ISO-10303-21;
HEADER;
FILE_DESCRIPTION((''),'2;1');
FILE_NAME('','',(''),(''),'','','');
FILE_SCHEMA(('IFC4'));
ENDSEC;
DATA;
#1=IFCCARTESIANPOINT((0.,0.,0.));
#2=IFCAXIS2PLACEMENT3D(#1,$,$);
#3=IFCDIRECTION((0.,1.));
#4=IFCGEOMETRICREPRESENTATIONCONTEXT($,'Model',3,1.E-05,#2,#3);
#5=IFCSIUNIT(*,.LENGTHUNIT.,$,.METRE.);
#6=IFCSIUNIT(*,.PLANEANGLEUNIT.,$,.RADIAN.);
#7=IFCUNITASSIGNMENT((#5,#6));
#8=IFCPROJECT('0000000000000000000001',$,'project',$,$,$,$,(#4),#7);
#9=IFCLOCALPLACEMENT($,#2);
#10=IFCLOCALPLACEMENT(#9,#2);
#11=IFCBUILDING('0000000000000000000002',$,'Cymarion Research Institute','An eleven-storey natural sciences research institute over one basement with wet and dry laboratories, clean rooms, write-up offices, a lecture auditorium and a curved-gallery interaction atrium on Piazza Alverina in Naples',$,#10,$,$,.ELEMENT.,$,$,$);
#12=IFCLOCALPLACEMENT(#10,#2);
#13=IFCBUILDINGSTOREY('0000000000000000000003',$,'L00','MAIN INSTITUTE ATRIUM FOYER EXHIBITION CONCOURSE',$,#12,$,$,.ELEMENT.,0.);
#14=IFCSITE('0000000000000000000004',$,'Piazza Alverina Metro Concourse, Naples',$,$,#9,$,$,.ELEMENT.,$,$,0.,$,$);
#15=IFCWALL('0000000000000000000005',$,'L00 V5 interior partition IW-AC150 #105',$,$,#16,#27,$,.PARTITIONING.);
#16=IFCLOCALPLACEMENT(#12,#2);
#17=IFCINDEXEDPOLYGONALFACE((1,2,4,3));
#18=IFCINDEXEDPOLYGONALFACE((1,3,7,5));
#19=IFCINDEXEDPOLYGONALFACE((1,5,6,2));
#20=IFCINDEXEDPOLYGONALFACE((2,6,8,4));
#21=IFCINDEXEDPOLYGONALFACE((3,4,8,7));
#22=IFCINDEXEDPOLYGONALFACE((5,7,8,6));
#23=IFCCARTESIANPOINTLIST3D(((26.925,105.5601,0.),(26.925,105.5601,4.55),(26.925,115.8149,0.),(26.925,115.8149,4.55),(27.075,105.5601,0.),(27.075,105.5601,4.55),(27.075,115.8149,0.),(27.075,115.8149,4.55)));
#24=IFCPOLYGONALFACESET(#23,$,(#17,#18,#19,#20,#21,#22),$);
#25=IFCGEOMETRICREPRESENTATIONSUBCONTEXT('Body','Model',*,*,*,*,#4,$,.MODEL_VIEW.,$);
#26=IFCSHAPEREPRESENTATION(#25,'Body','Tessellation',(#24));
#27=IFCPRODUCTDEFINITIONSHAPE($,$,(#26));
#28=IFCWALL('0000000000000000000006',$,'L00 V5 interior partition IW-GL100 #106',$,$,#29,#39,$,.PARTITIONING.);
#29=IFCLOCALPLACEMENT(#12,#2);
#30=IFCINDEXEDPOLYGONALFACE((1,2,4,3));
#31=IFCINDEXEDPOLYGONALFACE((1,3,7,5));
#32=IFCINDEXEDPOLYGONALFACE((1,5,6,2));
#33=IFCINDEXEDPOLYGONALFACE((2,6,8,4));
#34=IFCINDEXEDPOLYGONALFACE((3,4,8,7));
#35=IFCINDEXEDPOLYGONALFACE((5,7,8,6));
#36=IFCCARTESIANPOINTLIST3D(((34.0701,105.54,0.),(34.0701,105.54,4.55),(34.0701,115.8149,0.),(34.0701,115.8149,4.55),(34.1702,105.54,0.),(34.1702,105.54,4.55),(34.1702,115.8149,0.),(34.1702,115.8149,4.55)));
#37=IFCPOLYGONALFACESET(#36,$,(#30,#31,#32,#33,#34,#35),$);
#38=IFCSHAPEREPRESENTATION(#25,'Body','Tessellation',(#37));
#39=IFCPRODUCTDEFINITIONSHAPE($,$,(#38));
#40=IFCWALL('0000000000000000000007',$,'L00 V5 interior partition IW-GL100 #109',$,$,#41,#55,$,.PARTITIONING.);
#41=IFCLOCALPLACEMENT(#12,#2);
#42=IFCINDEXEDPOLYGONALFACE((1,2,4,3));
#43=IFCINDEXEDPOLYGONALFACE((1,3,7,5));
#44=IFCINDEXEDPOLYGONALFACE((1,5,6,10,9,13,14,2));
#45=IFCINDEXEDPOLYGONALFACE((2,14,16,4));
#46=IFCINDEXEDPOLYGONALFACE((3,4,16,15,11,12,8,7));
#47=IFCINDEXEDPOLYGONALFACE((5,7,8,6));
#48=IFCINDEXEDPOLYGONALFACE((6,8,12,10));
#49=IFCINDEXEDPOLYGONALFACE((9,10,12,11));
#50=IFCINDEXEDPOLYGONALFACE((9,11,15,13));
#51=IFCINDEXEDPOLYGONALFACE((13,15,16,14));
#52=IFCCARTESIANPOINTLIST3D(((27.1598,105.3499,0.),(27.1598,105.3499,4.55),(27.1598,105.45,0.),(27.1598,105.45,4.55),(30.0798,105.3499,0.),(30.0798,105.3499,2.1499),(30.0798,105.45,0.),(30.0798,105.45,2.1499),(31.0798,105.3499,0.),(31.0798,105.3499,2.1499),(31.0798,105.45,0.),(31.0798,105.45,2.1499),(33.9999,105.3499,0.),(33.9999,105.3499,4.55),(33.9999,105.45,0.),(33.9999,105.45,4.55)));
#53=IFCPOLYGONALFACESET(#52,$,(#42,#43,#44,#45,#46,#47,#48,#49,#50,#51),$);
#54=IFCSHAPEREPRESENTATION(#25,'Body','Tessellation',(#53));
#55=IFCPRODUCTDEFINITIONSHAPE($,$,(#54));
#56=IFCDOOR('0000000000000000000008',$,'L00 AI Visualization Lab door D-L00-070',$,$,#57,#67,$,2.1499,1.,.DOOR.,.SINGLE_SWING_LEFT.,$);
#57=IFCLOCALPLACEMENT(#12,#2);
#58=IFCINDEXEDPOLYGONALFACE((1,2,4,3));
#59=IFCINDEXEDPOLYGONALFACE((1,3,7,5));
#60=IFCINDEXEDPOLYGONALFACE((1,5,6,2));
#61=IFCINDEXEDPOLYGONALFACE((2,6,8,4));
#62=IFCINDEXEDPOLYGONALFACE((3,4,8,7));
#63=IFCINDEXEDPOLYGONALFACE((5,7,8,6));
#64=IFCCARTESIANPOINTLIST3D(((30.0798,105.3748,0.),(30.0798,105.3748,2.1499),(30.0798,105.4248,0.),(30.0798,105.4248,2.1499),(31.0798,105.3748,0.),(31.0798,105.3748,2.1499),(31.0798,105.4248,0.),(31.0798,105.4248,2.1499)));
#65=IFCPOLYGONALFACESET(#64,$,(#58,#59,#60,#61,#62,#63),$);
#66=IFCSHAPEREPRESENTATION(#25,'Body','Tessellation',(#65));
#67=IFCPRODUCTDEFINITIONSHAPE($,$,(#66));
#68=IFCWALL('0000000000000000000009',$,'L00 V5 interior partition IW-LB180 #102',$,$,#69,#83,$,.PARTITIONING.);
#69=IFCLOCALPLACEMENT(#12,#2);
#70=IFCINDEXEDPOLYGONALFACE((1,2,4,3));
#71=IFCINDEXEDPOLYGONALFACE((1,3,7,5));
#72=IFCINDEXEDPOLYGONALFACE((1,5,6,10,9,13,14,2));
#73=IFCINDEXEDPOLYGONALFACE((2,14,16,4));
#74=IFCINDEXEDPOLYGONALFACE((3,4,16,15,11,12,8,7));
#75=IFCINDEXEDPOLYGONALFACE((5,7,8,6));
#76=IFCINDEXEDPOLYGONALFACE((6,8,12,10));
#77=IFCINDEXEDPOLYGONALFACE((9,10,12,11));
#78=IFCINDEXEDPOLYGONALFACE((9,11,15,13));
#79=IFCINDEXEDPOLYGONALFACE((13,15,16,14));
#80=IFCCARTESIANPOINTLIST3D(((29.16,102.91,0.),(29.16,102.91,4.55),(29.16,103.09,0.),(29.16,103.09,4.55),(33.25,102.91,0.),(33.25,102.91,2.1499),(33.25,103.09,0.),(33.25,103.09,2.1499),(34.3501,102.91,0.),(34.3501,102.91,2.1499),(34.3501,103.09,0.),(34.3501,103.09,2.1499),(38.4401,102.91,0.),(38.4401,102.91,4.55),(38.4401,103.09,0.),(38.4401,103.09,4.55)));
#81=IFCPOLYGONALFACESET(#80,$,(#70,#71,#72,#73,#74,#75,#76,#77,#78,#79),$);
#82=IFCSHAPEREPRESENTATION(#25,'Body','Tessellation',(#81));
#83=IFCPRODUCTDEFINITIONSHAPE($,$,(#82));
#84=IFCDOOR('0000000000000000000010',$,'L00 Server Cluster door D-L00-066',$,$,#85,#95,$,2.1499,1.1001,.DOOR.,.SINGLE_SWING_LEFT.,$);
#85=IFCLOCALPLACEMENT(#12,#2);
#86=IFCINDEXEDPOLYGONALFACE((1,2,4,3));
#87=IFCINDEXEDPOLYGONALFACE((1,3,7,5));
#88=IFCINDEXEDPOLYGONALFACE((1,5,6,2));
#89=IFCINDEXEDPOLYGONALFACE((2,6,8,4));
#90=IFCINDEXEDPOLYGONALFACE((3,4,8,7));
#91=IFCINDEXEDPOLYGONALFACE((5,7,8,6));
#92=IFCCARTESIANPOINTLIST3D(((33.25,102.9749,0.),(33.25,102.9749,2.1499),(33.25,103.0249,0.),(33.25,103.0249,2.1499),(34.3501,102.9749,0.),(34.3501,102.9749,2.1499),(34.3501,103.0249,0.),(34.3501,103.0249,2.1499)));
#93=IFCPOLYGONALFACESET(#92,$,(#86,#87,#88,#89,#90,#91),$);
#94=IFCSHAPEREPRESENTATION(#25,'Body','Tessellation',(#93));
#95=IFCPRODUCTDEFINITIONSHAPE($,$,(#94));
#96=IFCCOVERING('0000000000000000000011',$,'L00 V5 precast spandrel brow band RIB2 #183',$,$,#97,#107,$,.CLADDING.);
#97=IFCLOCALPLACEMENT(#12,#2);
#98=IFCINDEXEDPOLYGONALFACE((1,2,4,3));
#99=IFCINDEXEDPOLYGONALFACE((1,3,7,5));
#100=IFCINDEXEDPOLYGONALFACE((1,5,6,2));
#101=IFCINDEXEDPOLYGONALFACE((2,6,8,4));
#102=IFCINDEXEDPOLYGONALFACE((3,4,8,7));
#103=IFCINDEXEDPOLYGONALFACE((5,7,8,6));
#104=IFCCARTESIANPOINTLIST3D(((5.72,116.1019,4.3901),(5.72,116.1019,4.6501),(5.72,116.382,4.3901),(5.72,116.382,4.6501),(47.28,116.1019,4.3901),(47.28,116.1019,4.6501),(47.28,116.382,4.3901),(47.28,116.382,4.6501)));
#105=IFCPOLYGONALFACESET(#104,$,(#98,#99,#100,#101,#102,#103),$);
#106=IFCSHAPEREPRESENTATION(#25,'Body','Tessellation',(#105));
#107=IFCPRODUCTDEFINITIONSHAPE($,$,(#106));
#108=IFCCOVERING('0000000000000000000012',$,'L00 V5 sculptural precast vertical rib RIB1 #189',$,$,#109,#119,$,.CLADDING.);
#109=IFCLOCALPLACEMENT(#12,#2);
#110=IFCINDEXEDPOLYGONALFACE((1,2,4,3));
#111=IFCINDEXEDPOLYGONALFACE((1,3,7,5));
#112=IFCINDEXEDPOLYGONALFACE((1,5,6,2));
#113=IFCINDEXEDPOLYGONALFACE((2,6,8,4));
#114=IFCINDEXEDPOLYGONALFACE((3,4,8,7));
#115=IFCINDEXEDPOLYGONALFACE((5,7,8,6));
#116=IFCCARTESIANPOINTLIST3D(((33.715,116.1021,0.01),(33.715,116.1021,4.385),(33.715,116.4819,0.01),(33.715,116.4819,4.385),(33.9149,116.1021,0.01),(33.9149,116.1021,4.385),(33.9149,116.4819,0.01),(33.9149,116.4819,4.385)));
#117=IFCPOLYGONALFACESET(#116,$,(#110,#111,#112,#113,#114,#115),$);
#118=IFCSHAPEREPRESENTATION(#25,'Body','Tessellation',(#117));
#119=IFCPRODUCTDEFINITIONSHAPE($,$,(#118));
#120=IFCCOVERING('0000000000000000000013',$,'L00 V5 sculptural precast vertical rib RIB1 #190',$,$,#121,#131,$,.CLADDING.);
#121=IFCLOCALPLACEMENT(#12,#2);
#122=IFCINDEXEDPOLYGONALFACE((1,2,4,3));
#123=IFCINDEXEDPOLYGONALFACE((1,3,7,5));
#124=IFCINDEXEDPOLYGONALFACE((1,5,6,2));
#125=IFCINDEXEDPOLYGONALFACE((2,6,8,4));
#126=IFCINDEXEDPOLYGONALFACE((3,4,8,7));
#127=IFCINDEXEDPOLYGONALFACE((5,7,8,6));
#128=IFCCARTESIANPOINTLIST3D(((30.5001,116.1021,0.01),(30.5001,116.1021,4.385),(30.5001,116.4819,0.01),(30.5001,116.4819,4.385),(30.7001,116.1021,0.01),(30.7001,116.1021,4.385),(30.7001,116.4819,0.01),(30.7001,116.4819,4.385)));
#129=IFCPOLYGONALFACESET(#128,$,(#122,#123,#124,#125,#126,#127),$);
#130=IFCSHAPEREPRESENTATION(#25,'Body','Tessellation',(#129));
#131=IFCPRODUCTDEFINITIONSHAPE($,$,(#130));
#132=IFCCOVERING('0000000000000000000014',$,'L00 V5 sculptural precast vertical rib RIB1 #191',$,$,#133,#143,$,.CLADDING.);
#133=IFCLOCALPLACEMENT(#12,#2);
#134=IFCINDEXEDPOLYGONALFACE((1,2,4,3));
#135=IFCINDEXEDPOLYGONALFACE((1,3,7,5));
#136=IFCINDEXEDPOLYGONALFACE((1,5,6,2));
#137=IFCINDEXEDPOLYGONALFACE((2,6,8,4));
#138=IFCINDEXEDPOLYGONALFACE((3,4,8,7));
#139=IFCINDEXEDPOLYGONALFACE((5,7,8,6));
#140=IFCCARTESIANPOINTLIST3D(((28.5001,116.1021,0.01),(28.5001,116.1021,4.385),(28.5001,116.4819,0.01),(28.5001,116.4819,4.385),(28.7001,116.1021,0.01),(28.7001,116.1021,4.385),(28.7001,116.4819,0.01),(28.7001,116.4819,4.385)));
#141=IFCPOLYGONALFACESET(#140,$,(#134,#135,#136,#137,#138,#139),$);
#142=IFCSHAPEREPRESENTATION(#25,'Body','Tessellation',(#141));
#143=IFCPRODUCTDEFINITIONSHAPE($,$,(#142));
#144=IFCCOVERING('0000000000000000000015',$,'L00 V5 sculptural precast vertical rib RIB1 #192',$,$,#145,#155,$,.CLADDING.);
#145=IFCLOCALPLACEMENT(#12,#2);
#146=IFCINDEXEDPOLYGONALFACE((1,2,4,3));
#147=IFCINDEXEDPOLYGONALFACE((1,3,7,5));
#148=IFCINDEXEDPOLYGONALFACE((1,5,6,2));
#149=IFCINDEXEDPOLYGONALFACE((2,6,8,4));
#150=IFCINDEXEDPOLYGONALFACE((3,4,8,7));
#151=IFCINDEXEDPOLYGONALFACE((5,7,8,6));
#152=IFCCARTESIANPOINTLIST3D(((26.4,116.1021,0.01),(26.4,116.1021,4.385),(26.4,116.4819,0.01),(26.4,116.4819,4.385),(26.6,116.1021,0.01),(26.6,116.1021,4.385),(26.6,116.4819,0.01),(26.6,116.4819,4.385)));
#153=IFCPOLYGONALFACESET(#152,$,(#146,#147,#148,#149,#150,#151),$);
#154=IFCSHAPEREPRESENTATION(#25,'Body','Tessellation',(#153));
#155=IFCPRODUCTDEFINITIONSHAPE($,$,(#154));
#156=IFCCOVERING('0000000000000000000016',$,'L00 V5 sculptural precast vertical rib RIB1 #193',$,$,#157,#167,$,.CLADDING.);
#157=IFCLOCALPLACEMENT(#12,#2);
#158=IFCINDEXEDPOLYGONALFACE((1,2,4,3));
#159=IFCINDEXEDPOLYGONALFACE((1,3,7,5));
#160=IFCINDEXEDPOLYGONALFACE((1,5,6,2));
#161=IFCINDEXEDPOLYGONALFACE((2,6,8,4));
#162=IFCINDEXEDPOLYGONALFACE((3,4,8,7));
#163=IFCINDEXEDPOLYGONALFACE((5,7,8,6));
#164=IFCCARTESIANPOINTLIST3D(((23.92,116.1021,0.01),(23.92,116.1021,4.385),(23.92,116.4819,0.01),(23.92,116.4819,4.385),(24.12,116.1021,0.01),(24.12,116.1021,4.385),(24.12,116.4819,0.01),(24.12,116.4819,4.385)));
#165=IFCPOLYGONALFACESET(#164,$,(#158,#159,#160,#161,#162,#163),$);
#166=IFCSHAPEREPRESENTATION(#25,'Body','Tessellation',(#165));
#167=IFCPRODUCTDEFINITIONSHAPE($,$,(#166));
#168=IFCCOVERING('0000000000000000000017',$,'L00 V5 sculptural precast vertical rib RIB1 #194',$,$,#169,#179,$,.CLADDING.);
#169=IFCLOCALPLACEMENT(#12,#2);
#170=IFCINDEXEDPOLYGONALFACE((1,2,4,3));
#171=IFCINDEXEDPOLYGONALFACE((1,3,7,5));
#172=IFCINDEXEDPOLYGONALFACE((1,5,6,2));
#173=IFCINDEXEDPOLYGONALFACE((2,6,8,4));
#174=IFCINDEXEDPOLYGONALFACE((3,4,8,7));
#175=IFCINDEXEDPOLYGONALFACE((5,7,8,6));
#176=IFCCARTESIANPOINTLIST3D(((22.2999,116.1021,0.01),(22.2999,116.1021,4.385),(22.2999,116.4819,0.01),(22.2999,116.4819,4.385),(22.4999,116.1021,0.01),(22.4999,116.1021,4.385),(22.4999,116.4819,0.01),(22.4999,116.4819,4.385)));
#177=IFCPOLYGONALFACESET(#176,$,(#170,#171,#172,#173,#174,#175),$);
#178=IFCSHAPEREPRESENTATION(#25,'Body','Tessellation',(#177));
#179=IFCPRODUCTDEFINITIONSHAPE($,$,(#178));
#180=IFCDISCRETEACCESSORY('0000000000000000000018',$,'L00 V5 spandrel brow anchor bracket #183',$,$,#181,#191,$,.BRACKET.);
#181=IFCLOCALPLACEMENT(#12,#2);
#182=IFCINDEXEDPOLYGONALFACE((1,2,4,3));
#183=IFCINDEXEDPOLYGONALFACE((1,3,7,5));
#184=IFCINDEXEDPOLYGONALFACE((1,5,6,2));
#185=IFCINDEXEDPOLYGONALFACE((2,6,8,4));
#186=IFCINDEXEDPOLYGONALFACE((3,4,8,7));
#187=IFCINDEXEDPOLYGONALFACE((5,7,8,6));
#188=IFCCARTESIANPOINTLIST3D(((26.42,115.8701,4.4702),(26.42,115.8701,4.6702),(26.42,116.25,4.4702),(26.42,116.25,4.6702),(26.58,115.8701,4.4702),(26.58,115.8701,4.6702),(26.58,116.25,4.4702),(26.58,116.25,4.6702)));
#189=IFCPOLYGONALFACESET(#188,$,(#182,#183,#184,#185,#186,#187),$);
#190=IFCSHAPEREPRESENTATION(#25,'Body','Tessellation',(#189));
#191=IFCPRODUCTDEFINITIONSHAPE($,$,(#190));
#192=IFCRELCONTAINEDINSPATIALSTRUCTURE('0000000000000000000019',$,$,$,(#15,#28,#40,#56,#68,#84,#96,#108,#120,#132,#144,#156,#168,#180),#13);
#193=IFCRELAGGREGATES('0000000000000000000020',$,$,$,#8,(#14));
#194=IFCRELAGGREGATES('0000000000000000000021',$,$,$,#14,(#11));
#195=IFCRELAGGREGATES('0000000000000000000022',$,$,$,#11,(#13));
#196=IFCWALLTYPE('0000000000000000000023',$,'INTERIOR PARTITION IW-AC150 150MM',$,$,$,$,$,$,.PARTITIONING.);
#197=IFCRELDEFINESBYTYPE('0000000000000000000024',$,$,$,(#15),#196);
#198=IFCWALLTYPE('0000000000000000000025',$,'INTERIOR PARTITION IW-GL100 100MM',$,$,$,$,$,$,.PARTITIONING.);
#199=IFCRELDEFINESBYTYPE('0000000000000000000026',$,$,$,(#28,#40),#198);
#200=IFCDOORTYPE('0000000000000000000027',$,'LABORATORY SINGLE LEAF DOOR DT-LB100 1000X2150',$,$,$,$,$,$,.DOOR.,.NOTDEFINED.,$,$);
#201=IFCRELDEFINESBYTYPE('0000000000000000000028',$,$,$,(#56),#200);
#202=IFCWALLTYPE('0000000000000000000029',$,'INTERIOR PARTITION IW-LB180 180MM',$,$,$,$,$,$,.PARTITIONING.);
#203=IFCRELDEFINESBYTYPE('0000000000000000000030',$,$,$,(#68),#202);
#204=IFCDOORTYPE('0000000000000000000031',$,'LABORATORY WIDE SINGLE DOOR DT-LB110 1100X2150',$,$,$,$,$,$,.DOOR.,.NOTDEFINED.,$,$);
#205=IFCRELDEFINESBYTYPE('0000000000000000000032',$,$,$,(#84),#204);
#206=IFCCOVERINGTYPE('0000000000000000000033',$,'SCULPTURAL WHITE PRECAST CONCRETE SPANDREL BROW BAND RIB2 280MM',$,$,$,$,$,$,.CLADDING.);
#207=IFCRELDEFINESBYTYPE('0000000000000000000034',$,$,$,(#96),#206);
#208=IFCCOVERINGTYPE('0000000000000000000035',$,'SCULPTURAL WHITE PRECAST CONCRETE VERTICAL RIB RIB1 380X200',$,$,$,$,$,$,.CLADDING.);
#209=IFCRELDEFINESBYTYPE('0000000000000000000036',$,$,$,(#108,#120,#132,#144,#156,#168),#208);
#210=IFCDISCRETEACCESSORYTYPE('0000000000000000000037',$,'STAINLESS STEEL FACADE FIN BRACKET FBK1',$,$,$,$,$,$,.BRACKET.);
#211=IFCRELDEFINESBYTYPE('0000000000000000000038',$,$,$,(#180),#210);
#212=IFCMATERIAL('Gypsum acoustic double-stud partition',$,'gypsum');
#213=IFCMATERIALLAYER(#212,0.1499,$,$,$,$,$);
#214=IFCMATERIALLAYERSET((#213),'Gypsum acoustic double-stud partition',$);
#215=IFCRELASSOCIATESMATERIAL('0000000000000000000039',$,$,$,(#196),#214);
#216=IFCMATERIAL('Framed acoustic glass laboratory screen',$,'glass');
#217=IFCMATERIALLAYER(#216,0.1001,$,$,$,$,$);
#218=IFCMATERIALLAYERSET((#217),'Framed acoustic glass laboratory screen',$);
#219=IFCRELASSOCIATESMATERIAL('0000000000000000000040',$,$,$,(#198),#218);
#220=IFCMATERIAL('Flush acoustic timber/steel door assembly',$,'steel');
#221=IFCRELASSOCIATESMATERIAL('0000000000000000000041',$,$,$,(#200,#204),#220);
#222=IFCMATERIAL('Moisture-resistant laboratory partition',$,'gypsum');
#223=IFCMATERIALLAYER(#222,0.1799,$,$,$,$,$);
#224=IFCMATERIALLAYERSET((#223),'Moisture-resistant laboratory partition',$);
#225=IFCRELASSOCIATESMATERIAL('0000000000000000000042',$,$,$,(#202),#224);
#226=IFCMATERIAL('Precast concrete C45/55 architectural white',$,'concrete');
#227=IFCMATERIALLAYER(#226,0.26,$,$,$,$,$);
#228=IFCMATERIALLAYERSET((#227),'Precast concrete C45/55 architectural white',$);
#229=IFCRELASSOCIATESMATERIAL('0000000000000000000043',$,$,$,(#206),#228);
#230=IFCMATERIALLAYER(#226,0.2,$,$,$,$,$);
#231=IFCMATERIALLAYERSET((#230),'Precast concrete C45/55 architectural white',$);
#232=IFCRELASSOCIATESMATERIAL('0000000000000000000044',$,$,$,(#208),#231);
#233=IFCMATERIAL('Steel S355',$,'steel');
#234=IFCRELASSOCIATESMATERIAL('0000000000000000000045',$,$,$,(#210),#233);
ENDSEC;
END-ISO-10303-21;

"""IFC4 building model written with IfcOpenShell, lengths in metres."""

from ifc_helpers import new_model, si_unit, direction, frame, frame_2d, origin, origin_2d, place, context, subcontext, project, spatial, rectangle, extrude, material, layer, layer_set, type_object, element, fill, save


model = new_model("IFC4")

# Units and contexts
model_context = context("Model", 3, precision=1e-05, world=origin(), true_north=direction((0.0, 1.0)))
body_context = subcontext(model_context, "Body", "Model", "MODEL_VIEW")
ifc_project = project(units=[si_unit("LENGTHUNIT", "METRE"), si_unit("PLANEANGLEUNIT", "RADIAN")], contexts=[model_context])

# Site, building, storey
site_placement = place(None, origin())
site = spatial("IfcSite", under=ifc_project, at=site_placement, Name="Piazza Alverina Metro Concourse, Naples", CompositionType="ELEMENT", RefElevation=0.0)
building_placement = place(site_placement, origin())
building = spatial("IfcBuilding", under=site, at=building_placement, Name="Cymarion Research Institute", Description="An eleven-storey natural sciences research institute over one basement with wet and dry laboratories, clean rooms, write-up offices, a lecture auditorium and a curved-gallery interaction atrium on Piazza Alverina in Naples", CompositionType="ELEMENT")
storey_placement = place(building_placement, origin())
storey = spatial("IfcBuildingStorey", under=building, at=storey_placement, Name="L00", Description="MAIN INSTITUTE ATRIUM FOYER EXHIBITION CONCOURSE", CompositionType="ELEMENT", Elevation=0.0)

# Shared definitions
ifc_material_1 = material(Name="Steel S355", Category="steel")

# Walls
ifc_material_2 = material(Name="Gypsum acoustic double-stud partition", Category="gypsum")
ifc_layer_1 = layer(ifc_material_2, 0.1499)
ifc_layer_set_1 = layer_set([ifc_layer_1], Name="Gypsum acoustic double-stud partition")
wall_type_1 = type_object("IfcWallType", Name="INTERIOR PARTITION IW-AC150 150MM", PredefinedType="PARTITIONING", material=ifc_layer_set_1)
wall_1_placement = place(storey_placement, frame((27.0, 105.5601, 0.0), z_axis=(0.0, 0.0, 1.0), x_axis=(0.0, 1.0, 0.0)))
element("IfcWall", 1, at=wall_1_placement, inside=storey, type_object=wall_type_1, Name="L00 V5 interior partition IW-AC150 #105", PredefinedType="PARTITIONING", context=body_context, shape_type="SweptSolid", body=[
    extrude(rectangle(XDim=10.2549, YDim=0.1499, at=frame_2d((5.1274, 0.0))), origin(), (0.0, 0.0, 1.0), 4.55),
])
ifc_material_3 = material(Name="Framed acoustic glass laboratory screen", Category="glass")
ifc_layer_2 = layer(ifc_material_3, 0.1001)
ifc_layer_set_2 = layer_set([ifc_layer_2], Name="Framed acoustic glass laboratory screen")
wall_type_2 = type_object("IfcWallType", Name="INTERIOR PARTITION IW-GL100 100MM", PredefinedType="PARTITIONING", material=ifc_layer_set_2)
wall_2_placement = place(storey_placement, frame((34.1201, 105.54, 0.0), z_axis=(0.0, 0.0, 1.0), x_axis=(0.0, 1.0, 0.0)))
element("IfcWall", 2, at=wall_2_placement, inside=storey, type_object=wall_type_2, Name="L00 V5 interior partition IW-GL100 #106", PredefinedType="PARTITIONING", context=body_context, shape_type="SweptSolid", body=[
    extrude(rectangle(XDim=10.2749, YDim=0.1001, at=frame_2d((5.1375, 0.0))), origin(), (0.0, 0.0, 1.0), 4.55),
])

# Walls, openings, doors
wall_3_placement = place(storey_placement, frame((27.1599, 105.3999, 0.0), z_axis=(0.0, 0.0, 1.0), x_axis=(1.0, 0.0, 0.0)))
wall_3 = element("IfcWall", 3, at=wall_3_placement, inside=storey, type_object=wall_type_2, Name="L00 V5 interior partition IW-GL100 #109", PredefinedType="PARTITIONING", context=body_context, shape_type="SweptSolid", body=[
    extrude(rectangle(XDim=6.8401, YDim=0.1001, at=frame_2d((3.4199, 0.0))), origin(), (0.0, 0.0, 1.0), 4.55),
])
opening_1_placement = place(wall_3_placement, frame((2.9199, 0.0, 0.0)))
opening_1 = element("IfcOpeningElement", 4, at=opening_1_placement, cuts=wall_3, PredefinedType="OPENING", context=body_context, shape_type="SweptSolid", body=[
    extrude(rectangle(XDim=1.0, YDim=2.1499, at=frame_2d((0.5, 1.075))), frame((0.0, 0.0601, 0.0), z_axis=(0.0, -1.0, 0.0), x_axis=(1.0, 0.0, 0.0)), (0.0, 0.0, 1.0), 0.1201),
])
ifc_material_4 = material(Name="Flush acoustic timber/steel door assembly", Category="steel")
door_type_1 = type_object("IfcDoorType", Name="LABORATORY SINGLE LEAF DOOR DT-LB100 1000X2150", OperationType="NOTDEFINED", PredefinedType="DOOR", material=ifc_material_4)
door_1_placement = place(opening_1_placement, origin())
door_1 = element("IfcDoor", 5, at=door_1_placement, inside=storey, type_object=door_type_1, Name="L00 AI Visualization Lab door D-L00-070", OperationType="SINGLE_SWING_LEFT", OverallHeight=2.1499, OverallWidth=1.0, PredefinedType="DOOR", context=body_context, shape_type="SweptSolid", body=[
    extrude(rectangle(XDim=1.0, YDim=2.1499, at=frame_2d((0.5, 1.075))), frame((0.0, 0.0249, 0.0), z_axis=(0.0, -1.0, 0.0), x_axis=(1.0, 0.0, 0.0)), (0.0, 0.0, 1.0), 0.05),
])
fill(opening_1, door_1)
ifc_material_5 = material(Name="Moisture-resistant laboratory partition", Category="gypsum")
ifc_layer_3 = layer(ifc_material_5, 0.1799)
ifc_layer_set_3 = layer_set([ifc_layer_3], Name="Moisture-resistant laboratory partition")
wall_type_3 = type_object("IfcWallType", Name="INTERIOR PARTITION IW-LB180 180MM", PredefinedType="PARTITIONING", material=ifc_layer_set_3)
wall_4_placement = place(storey_placement, frame((29.1599, 103.0, 0.0), z_axis=(0.0, 0.0, 1.0), x_axis=(1.0, 0.0, 0.0)))
wall_4 = element("IfcWall", 6, at=wall_4_placement, inside=storey, type_object=wall_type_3, Name="L00 V5 interior partition IW-LB180 #102", PredefinedType="PARTITIONING", context=body_context, shape_type="SweptSolid", body=[
    extrude(rectangle(XDim=9.28, YDim=0.1799, at=frame_2d((4.6401, 0.0))), origin(), (0.0, 0.0, 1.0), 4.55),
])
opening_2_placement = place(wall_4_placement, frame((4.0901, 0.0, 0.0)))
opening_2 = element("IfcOpeningElement", 7, at=opening_2_placement, cuts=wall_4, PredefinedType="OPENING", context=body_context, shape_type="SweptSolid", body=[
    extrude(rectangle(XDim=1.1001, YDim=2.1499, at=frame_2d((0.55, 1.075))), frame((0.0, 0.0999, 0.0), z_axis=(0.0, -1.0, 0.0), x_axis=(1.0, 0.0, 0.0)), (0.0, 0.0, 1.0), 0.2),
])
door_type_2 = type_object("IfcDoorType", Name="LABORATORY WIDE SINGLE DOOR DT-LB110 1100X2150", OperationType="NOTDEFINED", PredefinedType="DOOR", material=ifc_material_4)
door_2_placement = place(opening_2_placement, origin())
door_2 = element("IfcDoor", 8, at=door_2_placement, inside=storey, type_object=door_type_2, Name="L00 Server Cluster door D-L00-066", OperationType="SINGLE_SWING_LEFT", OverallHeight=2.1499, OverallWidth=1.1001, PredefinedType="DOOR", context=body_context, shape_type="SweptSolid", body=[
    extrude(rectangle(XDim=1.1001, YDim=2.1499, at=frame_2d((0.55, 1.075))), frame((0.0, 0.0249, 0.0), z_axis=(0.0, -1.0, 0.0), x_axis=(1.0, 0.0, 0.0)), (0.0, 0.0, 1.0), 0.05),
])
fill(opening_2, door_2)

# Coverings
ifc_material_6 = material(Name="Precast concrete C45/55 architectural white", Category="concrete")
ifc_layer_4 = layer(ifc_material_6, 0.26)
ifc_layer_set_4 = layer_set([ifc_layer_4], Name="Precast concrete C45/55 architectural white")
covering_type_1 = type_object("IfcCoveringType", Name="SCULPTURAL WHITE PRECAST CONCRETE SPANDREL BROW BAND RIB2 280MM", PredefinedType="CLADDING", material=ifc_layer_set_4)
covering_placement = place(storey_placement, frame((26.5, 116.2419, 4.3901), z_axis=(0.0, 0.0, 1.0), x_axis=(0.0, 1.0, 0.0)))
element("IfcCovering", 9, at=covering_placement, inside=storey, type_object=covering_type_1, Name="L00 V5 precast spandrel brow band RIB2 #183", PredefinedType="CLADDING", context=body_context, shape_type="SweptSolid", body=[
    extrude(rectangle(XDim=0.28, YDim=41.5601, at=origin_2d()), origin(), (0.0, 0.0, 1.0), 0.26),
])
ifc_layer_5 = layer(ifc_material_6, 0.2)
ifc_layer_set_5 = layer_set([ifc_layer_5], Name="Precast concrete C45/55 architectural white")
covering_type_2 = type_object("IfcCoveringType", Name="SCULPTURAL WHITE PRECAST CONCRETE VERTICAL RIB RIB1 380X200", PredefinedType="CLADDING", material=ifc_layer_set_5)
for number, where, z_axis, x_axis, name in (
    (10, (33.8149, 116.292, 0.01), (0.0, 0.0, 1.0), (0.0, 1.0, 0.0), "L00 V5 sculptural precast vertical rib RIB1 #189"),
    (11, (30.6001, 116.292, 0.01), (0.0, 0.0, 1.0), (0.0, 1.0, 0.0), "L00 V5 sculptural precast vertical rib RIB1 #190"),
    (12, (28.6001, 116.292, 0.01), (0.0, 0.0, 1.0), (0.0, 1.0, 0.0), "L00 V5 sculptural precast vertical rib RIB1 #191"),
    (13, (26.5, 116.292, 0.01), (0.0, 0.0, 1.0), (0.0, 1.0, 0.0), "L00 V5 sculptural precast vertical rib RIB1 #192"),
    (14, (24.02, 116.292, 0.01), (0.0, 0.0, 1.0), (0.0, 1.0, 0.0), "L00 V5 sculptural precast vertical rib RIB1 #193"),
    (15, (22.3999, 116.292, 0.01), (0.0, 0.0, 1.0), (0.0, 1.0, 0.0), "L00 V5 sculptural precast vertical rib RIB1 #194"),
):
    element("IfcCovering", number, at=place(storey_placement, frame(where, z_axis=z_axis, x_axis=x_axis)), inside=storey, type_object=covering_type_2, Name=name, PredefinedType="CLADDING", context=body_context, shape_type="SweptSolid", body=[
        extrude(rectangle(XDim=0.3799, YDim=0.2, at=origin_2d()), origin(), (0.0, 0.0, 1.0), 4.375),
    ])

# Discrete accessory
discrete_accessory_type = type_object("IfcDiscreteAccessoryType", Name="STAINLESS STEEL FACADE FIN BRACKET FBK1", PredefinedType="BRACKET", material=ifc_material_1)
discrete_accessory_placement = place(storey_placement, frame((26.5, 116.0601, 4.4702), z_axis=(0.0, 0.0, 1.0), x_axis=(0.0, 1.0, 0.0)))
element("IfcDiscreteAccessory", 16, at=discrete_accessory_placement, inside=storey, type_object=discrete_accessory_type, Name="L00 V5 spandrel brow anchor bracket #183", PredefinedType="BRACKET", context=body_context, shape_type="SweptSolid", body=[
    extrude(rectangle(XDim=0.3799, YDim=0.1599, at=origin_2d()), origin(), (0.0, 0.0, 1.0), 0.2),
])

save(model, "model.ifc")
